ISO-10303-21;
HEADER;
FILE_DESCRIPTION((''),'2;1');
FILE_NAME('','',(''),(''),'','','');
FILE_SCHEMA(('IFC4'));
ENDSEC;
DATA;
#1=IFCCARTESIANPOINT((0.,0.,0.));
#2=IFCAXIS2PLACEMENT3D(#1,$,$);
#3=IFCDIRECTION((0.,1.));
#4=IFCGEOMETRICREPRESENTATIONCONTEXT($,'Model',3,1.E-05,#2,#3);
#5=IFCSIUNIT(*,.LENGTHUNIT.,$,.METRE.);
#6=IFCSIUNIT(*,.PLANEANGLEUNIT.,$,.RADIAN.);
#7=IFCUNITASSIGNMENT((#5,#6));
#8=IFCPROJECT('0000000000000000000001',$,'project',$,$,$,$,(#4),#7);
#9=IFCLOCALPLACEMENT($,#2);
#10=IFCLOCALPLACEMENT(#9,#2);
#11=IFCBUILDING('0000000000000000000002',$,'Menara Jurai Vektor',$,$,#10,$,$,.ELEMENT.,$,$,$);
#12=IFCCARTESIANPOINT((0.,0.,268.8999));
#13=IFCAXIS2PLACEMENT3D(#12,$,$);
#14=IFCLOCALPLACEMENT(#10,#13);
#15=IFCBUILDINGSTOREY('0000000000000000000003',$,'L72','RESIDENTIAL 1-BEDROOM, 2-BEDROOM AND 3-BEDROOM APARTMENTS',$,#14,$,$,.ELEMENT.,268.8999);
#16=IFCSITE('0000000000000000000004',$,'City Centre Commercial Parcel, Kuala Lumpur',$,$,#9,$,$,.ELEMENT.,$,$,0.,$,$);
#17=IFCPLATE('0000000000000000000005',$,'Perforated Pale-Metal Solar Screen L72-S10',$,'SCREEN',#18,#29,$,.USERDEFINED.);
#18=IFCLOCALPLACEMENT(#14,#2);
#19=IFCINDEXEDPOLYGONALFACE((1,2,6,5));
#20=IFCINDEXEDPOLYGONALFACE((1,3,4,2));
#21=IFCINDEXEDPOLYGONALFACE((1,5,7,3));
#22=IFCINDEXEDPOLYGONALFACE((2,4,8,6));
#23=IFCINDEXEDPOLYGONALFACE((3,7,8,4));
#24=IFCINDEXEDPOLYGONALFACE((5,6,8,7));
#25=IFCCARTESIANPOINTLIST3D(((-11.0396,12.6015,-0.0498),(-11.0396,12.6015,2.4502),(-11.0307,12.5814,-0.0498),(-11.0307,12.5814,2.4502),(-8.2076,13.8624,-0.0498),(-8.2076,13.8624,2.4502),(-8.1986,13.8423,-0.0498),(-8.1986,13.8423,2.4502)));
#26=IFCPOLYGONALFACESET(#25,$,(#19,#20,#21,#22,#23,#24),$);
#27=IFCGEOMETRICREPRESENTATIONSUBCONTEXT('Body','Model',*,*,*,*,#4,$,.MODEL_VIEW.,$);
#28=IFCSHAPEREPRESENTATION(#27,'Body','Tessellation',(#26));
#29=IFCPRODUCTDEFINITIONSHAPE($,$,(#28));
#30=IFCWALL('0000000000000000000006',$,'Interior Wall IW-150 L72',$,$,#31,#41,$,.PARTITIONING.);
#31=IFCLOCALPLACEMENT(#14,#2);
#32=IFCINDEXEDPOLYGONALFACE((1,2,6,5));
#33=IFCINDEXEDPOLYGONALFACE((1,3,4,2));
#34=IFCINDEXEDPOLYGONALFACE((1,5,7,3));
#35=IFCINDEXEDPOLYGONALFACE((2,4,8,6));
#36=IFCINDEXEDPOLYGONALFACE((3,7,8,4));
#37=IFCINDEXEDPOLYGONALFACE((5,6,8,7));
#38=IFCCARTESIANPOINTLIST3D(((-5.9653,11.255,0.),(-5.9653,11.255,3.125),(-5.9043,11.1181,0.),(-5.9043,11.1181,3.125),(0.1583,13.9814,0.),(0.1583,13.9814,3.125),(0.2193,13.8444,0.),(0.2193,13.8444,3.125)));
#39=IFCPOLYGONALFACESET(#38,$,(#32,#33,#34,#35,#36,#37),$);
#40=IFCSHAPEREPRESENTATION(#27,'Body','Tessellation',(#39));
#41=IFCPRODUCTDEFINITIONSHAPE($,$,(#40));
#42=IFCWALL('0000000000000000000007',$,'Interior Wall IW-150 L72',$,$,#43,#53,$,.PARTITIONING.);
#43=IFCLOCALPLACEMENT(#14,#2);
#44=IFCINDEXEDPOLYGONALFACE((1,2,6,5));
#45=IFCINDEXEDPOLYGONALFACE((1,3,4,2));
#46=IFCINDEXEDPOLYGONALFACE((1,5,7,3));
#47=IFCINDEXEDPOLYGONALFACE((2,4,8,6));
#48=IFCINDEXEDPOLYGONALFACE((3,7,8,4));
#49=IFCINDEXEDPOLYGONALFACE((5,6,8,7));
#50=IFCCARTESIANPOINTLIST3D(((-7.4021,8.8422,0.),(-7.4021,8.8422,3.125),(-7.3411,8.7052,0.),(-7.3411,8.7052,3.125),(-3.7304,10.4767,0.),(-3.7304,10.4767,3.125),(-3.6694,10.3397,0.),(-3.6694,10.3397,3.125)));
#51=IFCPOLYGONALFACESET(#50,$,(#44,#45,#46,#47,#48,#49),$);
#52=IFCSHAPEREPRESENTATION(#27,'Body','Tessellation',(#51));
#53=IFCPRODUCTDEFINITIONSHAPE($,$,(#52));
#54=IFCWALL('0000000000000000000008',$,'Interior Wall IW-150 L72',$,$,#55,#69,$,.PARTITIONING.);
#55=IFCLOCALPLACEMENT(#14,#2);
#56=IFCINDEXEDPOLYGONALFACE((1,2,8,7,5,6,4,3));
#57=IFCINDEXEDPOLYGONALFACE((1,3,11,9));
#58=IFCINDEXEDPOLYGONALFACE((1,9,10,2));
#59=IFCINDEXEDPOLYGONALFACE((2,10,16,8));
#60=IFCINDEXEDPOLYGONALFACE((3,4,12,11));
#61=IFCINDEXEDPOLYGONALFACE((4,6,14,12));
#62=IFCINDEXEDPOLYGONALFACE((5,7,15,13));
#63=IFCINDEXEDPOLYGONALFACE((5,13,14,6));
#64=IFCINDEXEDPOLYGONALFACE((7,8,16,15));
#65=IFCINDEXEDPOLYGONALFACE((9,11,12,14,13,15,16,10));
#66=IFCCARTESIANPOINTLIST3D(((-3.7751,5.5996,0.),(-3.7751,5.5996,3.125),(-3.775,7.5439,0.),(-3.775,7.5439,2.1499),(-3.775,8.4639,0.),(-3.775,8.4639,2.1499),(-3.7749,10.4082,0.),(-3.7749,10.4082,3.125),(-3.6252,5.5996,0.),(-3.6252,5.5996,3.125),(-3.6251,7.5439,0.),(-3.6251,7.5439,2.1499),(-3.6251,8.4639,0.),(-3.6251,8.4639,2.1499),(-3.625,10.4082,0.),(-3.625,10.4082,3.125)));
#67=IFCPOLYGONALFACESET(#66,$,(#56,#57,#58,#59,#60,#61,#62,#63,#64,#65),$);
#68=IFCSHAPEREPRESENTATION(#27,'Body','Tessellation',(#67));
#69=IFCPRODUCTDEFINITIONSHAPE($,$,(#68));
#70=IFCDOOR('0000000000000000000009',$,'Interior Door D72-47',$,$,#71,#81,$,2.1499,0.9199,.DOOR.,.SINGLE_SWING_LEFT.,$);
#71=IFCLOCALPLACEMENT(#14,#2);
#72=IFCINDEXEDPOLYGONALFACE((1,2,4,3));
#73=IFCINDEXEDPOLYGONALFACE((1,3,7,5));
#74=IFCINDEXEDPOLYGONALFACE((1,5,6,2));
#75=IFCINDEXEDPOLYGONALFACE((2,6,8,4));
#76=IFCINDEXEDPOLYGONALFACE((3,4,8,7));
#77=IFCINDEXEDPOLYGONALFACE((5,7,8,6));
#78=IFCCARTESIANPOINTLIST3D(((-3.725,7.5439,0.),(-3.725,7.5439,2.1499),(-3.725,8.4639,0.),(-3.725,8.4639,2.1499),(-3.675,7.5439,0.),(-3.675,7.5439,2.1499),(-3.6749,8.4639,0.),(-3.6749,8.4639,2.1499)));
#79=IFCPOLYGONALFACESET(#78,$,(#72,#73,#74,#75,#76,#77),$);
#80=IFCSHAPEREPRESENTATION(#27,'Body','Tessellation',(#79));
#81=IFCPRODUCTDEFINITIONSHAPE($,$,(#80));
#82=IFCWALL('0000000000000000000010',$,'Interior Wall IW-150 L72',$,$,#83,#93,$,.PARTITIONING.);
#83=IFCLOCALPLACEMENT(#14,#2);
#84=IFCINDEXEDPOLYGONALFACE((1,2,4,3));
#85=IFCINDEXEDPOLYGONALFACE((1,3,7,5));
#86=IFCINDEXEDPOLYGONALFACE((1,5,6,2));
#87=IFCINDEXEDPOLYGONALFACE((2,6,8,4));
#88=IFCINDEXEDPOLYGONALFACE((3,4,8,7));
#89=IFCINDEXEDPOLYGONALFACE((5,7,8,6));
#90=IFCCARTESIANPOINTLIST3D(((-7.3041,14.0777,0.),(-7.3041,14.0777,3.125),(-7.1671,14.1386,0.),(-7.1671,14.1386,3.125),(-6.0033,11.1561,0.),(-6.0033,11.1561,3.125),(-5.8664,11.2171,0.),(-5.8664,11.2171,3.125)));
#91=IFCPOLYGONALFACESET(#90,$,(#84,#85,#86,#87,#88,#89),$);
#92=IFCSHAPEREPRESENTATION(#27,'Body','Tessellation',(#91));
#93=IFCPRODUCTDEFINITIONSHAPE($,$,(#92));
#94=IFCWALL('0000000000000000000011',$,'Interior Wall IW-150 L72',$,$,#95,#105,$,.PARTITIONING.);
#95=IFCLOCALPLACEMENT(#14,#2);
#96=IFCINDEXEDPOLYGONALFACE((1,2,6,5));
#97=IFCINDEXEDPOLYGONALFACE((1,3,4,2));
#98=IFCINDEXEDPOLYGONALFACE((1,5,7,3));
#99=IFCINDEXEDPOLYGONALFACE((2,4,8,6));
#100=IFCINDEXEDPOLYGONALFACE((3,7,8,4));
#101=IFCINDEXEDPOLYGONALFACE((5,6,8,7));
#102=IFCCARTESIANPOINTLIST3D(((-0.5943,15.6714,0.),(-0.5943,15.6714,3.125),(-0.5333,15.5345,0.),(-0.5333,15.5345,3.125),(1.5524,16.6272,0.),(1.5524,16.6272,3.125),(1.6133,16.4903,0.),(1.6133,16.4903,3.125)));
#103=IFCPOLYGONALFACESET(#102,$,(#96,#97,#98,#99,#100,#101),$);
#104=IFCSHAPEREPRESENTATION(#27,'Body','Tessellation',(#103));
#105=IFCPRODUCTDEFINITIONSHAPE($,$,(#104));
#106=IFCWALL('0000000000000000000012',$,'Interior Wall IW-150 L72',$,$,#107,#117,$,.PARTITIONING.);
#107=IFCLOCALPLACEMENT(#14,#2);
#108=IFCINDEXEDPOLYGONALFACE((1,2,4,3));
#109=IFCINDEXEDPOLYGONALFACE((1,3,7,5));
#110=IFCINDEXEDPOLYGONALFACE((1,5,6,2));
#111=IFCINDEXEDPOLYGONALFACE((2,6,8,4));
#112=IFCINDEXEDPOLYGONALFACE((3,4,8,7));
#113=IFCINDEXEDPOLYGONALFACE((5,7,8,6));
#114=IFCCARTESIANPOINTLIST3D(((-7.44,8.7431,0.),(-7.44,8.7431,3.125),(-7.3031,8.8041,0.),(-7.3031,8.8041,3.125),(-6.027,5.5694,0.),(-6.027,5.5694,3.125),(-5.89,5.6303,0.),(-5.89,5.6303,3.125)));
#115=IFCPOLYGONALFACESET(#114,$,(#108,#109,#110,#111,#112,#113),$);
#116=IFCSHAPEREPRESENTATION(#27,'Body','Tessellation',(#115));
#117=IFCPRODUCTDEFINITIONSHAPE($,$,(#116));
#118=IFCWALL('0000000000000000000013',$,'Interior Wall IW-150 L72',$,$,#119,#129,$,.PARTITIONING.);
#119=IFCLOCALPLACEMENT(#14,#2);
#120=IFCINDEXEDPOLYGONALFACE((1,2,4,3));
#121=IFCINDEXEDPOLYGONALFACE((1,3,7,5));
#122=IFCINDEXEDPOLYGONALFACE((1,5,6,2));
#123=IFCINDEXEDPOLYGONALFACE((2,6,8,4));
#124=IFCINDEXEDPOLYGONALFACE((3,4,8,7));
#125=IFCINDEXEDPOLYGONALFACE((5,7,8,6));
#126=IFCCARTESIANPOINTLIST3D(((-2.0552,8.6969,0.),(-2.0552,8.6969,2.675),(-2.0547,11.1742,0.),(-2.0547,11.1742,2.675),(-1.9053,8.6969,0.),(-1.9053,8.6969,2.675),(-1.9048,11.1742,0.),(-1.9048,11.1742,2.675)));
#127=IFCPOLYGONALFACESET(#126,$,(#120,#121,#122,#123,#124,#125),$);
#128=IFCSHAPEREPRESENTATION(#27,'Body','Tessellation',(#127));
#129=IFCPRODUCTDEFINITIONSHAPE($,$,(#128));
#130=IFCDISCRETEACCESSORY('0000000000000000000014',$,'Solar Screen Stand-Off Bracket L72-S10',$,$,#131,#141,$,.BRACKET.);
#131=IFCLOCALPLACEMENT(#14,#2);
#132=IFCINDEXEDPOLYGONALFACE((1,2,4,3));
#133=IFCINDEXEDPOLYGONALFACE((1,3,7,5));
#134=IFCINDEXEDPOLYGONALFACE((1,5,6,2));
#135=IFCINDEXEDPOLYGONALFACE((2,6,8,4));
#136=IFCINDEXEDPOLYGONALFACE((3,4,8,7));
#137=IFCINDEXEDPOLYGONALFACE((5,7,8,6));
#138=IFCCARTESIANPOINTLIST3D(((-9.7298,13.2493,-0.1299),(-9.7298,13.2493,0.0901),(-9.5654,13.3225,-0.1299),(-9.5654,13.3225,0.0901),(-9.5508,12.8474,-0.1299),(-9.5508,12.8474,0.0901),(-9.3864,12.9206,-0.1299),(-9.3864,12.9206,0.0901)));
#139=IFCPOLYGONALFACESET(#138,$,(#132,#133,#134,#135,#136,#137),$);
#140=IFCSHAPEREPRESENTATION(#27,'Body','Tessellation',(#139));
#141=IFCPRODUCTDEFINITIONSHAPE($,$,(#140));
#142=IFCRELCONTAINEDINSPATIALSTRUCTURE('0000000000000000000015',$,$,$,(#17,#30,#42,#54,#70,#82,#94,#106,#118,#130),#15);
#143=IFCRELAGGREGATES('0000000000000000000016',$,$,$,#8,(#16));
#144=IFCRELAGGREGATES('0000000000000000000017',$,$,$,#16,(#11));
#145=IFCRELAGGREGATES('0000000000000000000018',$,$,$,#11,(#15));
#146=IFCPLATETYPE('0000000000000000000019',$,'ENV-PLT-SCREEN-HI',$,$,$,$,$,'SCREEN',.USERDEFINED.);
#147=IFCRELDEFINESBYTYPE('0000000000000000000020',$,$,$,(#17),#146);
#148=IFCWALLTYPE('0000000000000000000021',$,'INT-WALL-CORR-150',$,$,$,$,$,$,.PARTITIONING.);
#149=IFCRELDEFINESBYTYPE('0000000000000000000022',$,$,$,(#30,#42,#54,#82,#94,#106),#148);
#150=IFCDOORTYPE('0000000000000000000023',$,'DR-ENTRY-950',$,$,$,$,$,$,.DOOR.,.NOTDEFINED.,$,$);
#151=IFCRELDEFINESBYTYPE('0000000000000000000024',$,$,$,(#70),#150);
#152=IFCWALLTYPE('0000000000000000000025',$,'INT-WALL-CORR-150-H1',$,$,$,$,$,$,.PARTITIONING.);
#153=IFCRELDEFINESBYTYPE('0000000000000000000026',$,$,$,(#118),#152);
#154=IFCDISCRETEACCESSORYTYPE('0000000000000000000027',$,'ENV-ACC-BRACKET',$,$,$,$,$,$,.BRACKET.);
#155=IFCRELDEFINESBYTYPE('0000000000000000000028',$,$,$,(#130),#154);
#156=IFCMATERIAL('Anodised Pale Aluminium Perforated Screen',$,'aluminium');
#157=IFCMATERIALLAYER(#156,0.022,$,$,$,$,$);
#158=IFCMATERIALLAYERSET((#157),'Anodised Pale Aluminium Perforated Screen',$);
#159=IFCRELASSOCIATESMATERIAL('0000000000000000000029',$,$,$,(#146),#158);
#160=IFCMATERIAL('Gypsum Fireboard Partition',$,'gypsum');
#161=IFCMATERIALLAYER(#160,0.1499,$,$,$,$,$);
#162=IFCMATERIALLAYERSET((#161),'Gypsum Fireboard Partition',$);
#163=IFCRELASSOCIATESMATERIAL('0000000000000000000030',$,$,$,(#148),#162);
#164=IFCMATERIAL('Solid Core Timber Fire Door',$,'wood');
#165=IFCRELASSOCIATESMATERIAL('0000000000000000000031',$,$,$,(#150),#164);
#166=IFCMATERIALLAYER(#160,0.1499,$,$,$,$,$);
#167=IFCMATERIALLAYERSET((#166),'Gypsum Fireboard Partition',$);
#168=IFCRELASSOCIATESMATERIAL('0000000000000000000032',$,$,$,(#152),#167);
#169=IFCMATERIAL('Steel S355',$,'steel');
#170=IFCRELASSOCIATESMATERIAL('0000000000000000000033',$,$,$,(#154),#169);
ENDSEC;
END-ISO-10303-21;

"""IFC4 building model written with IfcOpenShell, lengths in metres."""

from ifc_helpers import new_model, si_unit, direction, frame, frame_2d, origin, origin_2d, place, context, subcontext, project, spatial, rectangle, extrude, material, layer, layer_set, type_object, element, fill, save


model = new_model("IFC4")

# Units and contexts
model_context = context("Model", 3, precision=1e-05, world=origin(), true_north=direction((0.0, 1.0)))
body_context = subcontext(model_context, "Body", "Model", "MODEL_VIEW")
ifc_project = project(units=[si_unit("LENGTHUNIT", "METRE"), si_unit("PLANEANGLEUNIT", "RADIAN")], contexts=[model_context])

# Site, building, storey
site_placement = place(None, origin())
site = spatial("IfcSite", under=ifc_project, at=site_placement, Name="City Centre Commercial Parcel, Kuala Lumpur", CompositionType="ELEMENT", RefElevation=0.0)
building_placement = place(site_placement, origin())
building = spatial("IfcBuilding", under=site, at=building_placement, Name="Menara Jurai Vektor", CompositionType="ELEMENT")
storey_placement = place(building_placement, frame((0.0, 0.0, 268.8999)))
storey = spatial("IfcBuildingStorey", under=building, at=storey_placement, Name="L72", Description="RESIDENTIAL 1-BEDROOM, 2-BEDROOM AND 3-BEDROOM APARTMENTS", CompositionType="ELEMENT", Elevation=268.8999)

# Shared definitions
ifc_material_1 = material(Name="Steel S355", Category="steel")

# Plate
ifc_material_2 = material(Name="Anodised Pale Aluminium Perforated Screen", Category="aluminium")
ifc_layer_1 = layer(ifc_material_2, 0.022)
ifc_layer_set_1 = layer_set([ifc_layer_1], Name="Anodised Pale Aluminium Perforated Screen")
plate_type_1 = type_object("IfcPlateType", Name="ENV-PLT-SCREEN-HI", ElementType="SCREEN", PredefinedType="USERDEFINED", material=ifc_layer_set_1)
plate_1_placement = place(storey_placement, frame((-9.6191, 13.2219, -0.0498), z_axis=(0.0, 0.0, 1.0), x_axis=(-0.913545, -0.406737, 0.0)))
element("IfcPlate", 1, at=plate_1_placement, inside=storey, type_object=plate_type_1, Name="Perforated Pale-Metal Solar Screen L72-S10", ObjectType="SCREEN", PredefinedType="USERDEFINED", context=body_context, shape_type="SweptSolid", body=[
    extrude(rectangle(XDim=3.1001, YDim=0.022, at=origin_2d()), origin(), (0.0, 0.0, 1.0), 2.5),
])

# Wall
ifc_material_3 = material(Name="Gypsum Fireboard Partition", Category="gypsum")
ifc_layer_2 = layer(ifc_material_3, 0.1499)
ifc_layer_set_2 = layer_set([ifc_layer_2], Name="Gypsum Fireboard Partition")
wall_type_1 = type_object("IfcWallType", Name="INT-WALL-CORR-150", PredefinedType="PARTITIONING", material=ifc_layer_set_2)
wall_1_placement = place(storey_placement, frame((-5.9348, 11.1865, 0.0), z_axis=(0.0, 0.0, 1.0), x_axis=(0.913549, 0.40673, 0.0)))
element("IfcWall", 2, at=wall_1_placement, inside=storey, type_object=wall_type_1, Name="Interior Wall IW-150 L72", PredefinedType="PARTITIONING", context=body_context, shape_type="SweptSolid", body=[
    extrude(rectangle(XDim=6.7031, YDim=0.1499, at=frame_2d((3.3516, 0.0))), origin(), (0.0, 0.0, 1.0), 3.125),
])

# Shared definitions
ifc_material_4 = material(Name="Solid Core Timber Fire Door", Category="wood")
door_type = type_object("IfcDoorType", Name="DR-ENTRY-950", OperationType="NOTDEFINED", PredefinedType="DOOR", material=ifc_material_4)

# Wall
wall_2_placement = place(storey_placement, frame((-7.3716, 8.7737, 0.0), z_axis=(0.0, 0.0, 1.0), x_axis=(0.913563, 0.406696, 0.0)))
element("IfcWall", 3, at=wall_2_placement, inside=storey, type_object=wall_type_1, Name="Interior Wall IW-150 L72", PredefinedType="PARTITIONING", context=body_context, shape_type="SweptSolid", body=[
    extrude(rectangle(XDim=4.019, YDim=0.1499, at=frame_2d((2.0095, 0.0))), origin(), (0.0, 0.0, 1.0), 3.125),
])

# Wall, opening, door
wall_3_placement = place(storey_placement, frame((-3.7002, 5.5996, 0.0), z_axis=(0.0, 0.0, 1.0), x_axis=(0.000051, 1.0, 0.0)))
wall_3 = element("IfcWall", 4, at=wall_3_placement, inside=storey, type_object=wall_type_1, Name="Interior Wall IW-150 L72", PredefinedType="PARTITIONING", context=body_context, shape_type="SweptSolid", body=[
    extrude(rectangle(XDim=4.8086, YDim=0.1499, at=frame_2d((2.4043, 0.0))), origin(), (0.0, 0.0, 1.0), 3.125),
])
opening_1_placement = place(wall_3_placement, frame((1.9443, 0.0, 0.0)))
opening_1 = element("IfcOpeningElement", 5, at=opening_1_placement, cuts=wall_3, PredefinedType="OPENING", context=body_context, shape_type="SweptSolid", body=[
    extrude(rectangle(XDim=0.9199, YDim=2.1499, at=frame_2d((0.46, 1.075))), frame((0.0, 0.085, 0.0), z_axis=(0.0, -1.0, 0.0), x_axis=(1.0, 0.0, 0.0)), (0.0, 0.0, 1.0), 0.1699),
])
door_1_placement = place(opening_1_placement, origin())
door_1 = element("IfcDoor", 6, at=door_1_placement, inside=storey, type_object=door_type, Name="Interior Door D72-47", OperationType="SINGLE_SWING_LEFT", OverallHeight=2.1499, OverallWidth=0.9199, PredefinedType="DOOR", context=body_context, shape_type="SweptSolid", body=[
    extrude(rectangle(XDim=0.9199, YDim=2.1499, at=frame_2d((0.46, 1.075))), frame((0.0, 0.0249, 0.0), z_axis=(0.0, -1.0, 0.0), x_axis=(1.0, 0.0, 0.0)), (0.0, 0.0, 1.0), 0.05),
])
fill(opening_1, door_1)

# Walls
wall_4_placement = place(storey_placement, frame((-5.9348, 11.1865, 0.0), z_axis=(0.0, 0.0, 1.0), x_axis=(-0.406733, 0.913547, 0.0)))
element("IfcWall", 7, at=wall_4_placement, inside=storey, type_object=wall_type_1, Name="Interior Wall IW-150 L72", PredefinedType="PARTITIONING", context=body_context, shape_type="SweptSolid", body=[
    extrude(rectangle(XDim=3.198, YDim=0.1499, at=frame_2d((1.5991, 0.0))), origin(), (0.0, 0.0, 1.0), 3.125),
])
wall_5_placement = place(storey_placement, frame((-0.5637, 15.603, 0.0), z_axis=(0.0, 0.0, 1.0), x_axis=(0.913541, 0.406746, 0.0)))
element("IfcWall", 8, at=wall_5_placement, inside=storey, type_object=wall_type_1, Name="Interior Wall IW-150 L72", PredefinedType="PARTITIONING", context=body_context, shape_type="SweptSolid", body=[
    extrude(rectangle(XDim=2.3499, YDim=0.1499, at=frame_2d((1.1748, 0.0))), origin(), (0.0, 0.0, 1.0), 3.125),
])
wall_6_placement = place(storey_placement, frame((-5.9585, 5.5999, 0.0), z_axis=(0.0, 0.0, 1.0), x_axis=(-0.406738, 0.913545, 0.0)))
element("IfcWall", 9, at=wall_6_placement, inside=storey, type_object=wall_type_1, Name="Interior Wall IW-150 L72", PredefinedType="PARTITIONING", context=body_context, shape_type="SweptSolid", body=[
    extrude(rectangle(XDim=3.4741, YDim=0.1499, at=frame_2d((1.7371, 0.0))), origin(), (0.0, 0.0, 1.0), 3.125),
])
ifc_layer_3 = layer(ifc_material_3, 0.1499)
ifc_layer_set_3 = layer_set([ifc_layer_3], Name="Gypsum Fireboard Partition")
wall_type_2 = type_object("IfcWallType", Name="INT-WALL-CORR-150-H1", PredefinedType="PARTITIONING", material=ifc_layer_set_3)
wall_7_placement = place(storey_placement, frame((-1.9802, 8.6968, 0.0), z_axis=(0.0, 0.0, 1.0), x_axis=(0.000197, 1.0, 0.0)))
element("IfcWall", 10, at=wall_7_placement, inside=storey, type_object=wall_type_2, Name="Interior Wall IW-150 L72", PredefinedType="PARTITIONING", context=body_context, shape_type="SweptSolid", body=[
    extrude(rectangle(XDim=2.4773, YDim=0.1499, at=frame_2d((1.2388, 0.0))), origin(), (0.0, 0.0, 1.0), 2.675),
])

# Discrete accessory
discrete_accessory_type = type_object("IfcDiscreteAccessoryType", Name="ENV-ACC-BRACKET", PredefinedType="BRACKET", material=ifc_material_1)
discrete_accessory_placement = place(storey_placement, frame((-9.5581, 13.085, -0.1299), z_axis=(0.0, 0.0, 1.0), x_axis=(-0.913545, -0.406737, 0.0)))
element("IfcDiscreteAccessory", 11, at=discrete_accessory_placement, inside=storey, type_object=discrete_accessory_type, Name="Solar Screen Stand-Off Bracket L72-S10", PredefinedType="BRACKET", context=body_context, shape_type="SweptSolid", body=[
    extrude(rectangle(XDim=0.1799, YDim=0.4399, at=origin_2d()), origin(), (0.0, 0.0, 1.0), 0.22),
])

save(model, "model.ifc")
